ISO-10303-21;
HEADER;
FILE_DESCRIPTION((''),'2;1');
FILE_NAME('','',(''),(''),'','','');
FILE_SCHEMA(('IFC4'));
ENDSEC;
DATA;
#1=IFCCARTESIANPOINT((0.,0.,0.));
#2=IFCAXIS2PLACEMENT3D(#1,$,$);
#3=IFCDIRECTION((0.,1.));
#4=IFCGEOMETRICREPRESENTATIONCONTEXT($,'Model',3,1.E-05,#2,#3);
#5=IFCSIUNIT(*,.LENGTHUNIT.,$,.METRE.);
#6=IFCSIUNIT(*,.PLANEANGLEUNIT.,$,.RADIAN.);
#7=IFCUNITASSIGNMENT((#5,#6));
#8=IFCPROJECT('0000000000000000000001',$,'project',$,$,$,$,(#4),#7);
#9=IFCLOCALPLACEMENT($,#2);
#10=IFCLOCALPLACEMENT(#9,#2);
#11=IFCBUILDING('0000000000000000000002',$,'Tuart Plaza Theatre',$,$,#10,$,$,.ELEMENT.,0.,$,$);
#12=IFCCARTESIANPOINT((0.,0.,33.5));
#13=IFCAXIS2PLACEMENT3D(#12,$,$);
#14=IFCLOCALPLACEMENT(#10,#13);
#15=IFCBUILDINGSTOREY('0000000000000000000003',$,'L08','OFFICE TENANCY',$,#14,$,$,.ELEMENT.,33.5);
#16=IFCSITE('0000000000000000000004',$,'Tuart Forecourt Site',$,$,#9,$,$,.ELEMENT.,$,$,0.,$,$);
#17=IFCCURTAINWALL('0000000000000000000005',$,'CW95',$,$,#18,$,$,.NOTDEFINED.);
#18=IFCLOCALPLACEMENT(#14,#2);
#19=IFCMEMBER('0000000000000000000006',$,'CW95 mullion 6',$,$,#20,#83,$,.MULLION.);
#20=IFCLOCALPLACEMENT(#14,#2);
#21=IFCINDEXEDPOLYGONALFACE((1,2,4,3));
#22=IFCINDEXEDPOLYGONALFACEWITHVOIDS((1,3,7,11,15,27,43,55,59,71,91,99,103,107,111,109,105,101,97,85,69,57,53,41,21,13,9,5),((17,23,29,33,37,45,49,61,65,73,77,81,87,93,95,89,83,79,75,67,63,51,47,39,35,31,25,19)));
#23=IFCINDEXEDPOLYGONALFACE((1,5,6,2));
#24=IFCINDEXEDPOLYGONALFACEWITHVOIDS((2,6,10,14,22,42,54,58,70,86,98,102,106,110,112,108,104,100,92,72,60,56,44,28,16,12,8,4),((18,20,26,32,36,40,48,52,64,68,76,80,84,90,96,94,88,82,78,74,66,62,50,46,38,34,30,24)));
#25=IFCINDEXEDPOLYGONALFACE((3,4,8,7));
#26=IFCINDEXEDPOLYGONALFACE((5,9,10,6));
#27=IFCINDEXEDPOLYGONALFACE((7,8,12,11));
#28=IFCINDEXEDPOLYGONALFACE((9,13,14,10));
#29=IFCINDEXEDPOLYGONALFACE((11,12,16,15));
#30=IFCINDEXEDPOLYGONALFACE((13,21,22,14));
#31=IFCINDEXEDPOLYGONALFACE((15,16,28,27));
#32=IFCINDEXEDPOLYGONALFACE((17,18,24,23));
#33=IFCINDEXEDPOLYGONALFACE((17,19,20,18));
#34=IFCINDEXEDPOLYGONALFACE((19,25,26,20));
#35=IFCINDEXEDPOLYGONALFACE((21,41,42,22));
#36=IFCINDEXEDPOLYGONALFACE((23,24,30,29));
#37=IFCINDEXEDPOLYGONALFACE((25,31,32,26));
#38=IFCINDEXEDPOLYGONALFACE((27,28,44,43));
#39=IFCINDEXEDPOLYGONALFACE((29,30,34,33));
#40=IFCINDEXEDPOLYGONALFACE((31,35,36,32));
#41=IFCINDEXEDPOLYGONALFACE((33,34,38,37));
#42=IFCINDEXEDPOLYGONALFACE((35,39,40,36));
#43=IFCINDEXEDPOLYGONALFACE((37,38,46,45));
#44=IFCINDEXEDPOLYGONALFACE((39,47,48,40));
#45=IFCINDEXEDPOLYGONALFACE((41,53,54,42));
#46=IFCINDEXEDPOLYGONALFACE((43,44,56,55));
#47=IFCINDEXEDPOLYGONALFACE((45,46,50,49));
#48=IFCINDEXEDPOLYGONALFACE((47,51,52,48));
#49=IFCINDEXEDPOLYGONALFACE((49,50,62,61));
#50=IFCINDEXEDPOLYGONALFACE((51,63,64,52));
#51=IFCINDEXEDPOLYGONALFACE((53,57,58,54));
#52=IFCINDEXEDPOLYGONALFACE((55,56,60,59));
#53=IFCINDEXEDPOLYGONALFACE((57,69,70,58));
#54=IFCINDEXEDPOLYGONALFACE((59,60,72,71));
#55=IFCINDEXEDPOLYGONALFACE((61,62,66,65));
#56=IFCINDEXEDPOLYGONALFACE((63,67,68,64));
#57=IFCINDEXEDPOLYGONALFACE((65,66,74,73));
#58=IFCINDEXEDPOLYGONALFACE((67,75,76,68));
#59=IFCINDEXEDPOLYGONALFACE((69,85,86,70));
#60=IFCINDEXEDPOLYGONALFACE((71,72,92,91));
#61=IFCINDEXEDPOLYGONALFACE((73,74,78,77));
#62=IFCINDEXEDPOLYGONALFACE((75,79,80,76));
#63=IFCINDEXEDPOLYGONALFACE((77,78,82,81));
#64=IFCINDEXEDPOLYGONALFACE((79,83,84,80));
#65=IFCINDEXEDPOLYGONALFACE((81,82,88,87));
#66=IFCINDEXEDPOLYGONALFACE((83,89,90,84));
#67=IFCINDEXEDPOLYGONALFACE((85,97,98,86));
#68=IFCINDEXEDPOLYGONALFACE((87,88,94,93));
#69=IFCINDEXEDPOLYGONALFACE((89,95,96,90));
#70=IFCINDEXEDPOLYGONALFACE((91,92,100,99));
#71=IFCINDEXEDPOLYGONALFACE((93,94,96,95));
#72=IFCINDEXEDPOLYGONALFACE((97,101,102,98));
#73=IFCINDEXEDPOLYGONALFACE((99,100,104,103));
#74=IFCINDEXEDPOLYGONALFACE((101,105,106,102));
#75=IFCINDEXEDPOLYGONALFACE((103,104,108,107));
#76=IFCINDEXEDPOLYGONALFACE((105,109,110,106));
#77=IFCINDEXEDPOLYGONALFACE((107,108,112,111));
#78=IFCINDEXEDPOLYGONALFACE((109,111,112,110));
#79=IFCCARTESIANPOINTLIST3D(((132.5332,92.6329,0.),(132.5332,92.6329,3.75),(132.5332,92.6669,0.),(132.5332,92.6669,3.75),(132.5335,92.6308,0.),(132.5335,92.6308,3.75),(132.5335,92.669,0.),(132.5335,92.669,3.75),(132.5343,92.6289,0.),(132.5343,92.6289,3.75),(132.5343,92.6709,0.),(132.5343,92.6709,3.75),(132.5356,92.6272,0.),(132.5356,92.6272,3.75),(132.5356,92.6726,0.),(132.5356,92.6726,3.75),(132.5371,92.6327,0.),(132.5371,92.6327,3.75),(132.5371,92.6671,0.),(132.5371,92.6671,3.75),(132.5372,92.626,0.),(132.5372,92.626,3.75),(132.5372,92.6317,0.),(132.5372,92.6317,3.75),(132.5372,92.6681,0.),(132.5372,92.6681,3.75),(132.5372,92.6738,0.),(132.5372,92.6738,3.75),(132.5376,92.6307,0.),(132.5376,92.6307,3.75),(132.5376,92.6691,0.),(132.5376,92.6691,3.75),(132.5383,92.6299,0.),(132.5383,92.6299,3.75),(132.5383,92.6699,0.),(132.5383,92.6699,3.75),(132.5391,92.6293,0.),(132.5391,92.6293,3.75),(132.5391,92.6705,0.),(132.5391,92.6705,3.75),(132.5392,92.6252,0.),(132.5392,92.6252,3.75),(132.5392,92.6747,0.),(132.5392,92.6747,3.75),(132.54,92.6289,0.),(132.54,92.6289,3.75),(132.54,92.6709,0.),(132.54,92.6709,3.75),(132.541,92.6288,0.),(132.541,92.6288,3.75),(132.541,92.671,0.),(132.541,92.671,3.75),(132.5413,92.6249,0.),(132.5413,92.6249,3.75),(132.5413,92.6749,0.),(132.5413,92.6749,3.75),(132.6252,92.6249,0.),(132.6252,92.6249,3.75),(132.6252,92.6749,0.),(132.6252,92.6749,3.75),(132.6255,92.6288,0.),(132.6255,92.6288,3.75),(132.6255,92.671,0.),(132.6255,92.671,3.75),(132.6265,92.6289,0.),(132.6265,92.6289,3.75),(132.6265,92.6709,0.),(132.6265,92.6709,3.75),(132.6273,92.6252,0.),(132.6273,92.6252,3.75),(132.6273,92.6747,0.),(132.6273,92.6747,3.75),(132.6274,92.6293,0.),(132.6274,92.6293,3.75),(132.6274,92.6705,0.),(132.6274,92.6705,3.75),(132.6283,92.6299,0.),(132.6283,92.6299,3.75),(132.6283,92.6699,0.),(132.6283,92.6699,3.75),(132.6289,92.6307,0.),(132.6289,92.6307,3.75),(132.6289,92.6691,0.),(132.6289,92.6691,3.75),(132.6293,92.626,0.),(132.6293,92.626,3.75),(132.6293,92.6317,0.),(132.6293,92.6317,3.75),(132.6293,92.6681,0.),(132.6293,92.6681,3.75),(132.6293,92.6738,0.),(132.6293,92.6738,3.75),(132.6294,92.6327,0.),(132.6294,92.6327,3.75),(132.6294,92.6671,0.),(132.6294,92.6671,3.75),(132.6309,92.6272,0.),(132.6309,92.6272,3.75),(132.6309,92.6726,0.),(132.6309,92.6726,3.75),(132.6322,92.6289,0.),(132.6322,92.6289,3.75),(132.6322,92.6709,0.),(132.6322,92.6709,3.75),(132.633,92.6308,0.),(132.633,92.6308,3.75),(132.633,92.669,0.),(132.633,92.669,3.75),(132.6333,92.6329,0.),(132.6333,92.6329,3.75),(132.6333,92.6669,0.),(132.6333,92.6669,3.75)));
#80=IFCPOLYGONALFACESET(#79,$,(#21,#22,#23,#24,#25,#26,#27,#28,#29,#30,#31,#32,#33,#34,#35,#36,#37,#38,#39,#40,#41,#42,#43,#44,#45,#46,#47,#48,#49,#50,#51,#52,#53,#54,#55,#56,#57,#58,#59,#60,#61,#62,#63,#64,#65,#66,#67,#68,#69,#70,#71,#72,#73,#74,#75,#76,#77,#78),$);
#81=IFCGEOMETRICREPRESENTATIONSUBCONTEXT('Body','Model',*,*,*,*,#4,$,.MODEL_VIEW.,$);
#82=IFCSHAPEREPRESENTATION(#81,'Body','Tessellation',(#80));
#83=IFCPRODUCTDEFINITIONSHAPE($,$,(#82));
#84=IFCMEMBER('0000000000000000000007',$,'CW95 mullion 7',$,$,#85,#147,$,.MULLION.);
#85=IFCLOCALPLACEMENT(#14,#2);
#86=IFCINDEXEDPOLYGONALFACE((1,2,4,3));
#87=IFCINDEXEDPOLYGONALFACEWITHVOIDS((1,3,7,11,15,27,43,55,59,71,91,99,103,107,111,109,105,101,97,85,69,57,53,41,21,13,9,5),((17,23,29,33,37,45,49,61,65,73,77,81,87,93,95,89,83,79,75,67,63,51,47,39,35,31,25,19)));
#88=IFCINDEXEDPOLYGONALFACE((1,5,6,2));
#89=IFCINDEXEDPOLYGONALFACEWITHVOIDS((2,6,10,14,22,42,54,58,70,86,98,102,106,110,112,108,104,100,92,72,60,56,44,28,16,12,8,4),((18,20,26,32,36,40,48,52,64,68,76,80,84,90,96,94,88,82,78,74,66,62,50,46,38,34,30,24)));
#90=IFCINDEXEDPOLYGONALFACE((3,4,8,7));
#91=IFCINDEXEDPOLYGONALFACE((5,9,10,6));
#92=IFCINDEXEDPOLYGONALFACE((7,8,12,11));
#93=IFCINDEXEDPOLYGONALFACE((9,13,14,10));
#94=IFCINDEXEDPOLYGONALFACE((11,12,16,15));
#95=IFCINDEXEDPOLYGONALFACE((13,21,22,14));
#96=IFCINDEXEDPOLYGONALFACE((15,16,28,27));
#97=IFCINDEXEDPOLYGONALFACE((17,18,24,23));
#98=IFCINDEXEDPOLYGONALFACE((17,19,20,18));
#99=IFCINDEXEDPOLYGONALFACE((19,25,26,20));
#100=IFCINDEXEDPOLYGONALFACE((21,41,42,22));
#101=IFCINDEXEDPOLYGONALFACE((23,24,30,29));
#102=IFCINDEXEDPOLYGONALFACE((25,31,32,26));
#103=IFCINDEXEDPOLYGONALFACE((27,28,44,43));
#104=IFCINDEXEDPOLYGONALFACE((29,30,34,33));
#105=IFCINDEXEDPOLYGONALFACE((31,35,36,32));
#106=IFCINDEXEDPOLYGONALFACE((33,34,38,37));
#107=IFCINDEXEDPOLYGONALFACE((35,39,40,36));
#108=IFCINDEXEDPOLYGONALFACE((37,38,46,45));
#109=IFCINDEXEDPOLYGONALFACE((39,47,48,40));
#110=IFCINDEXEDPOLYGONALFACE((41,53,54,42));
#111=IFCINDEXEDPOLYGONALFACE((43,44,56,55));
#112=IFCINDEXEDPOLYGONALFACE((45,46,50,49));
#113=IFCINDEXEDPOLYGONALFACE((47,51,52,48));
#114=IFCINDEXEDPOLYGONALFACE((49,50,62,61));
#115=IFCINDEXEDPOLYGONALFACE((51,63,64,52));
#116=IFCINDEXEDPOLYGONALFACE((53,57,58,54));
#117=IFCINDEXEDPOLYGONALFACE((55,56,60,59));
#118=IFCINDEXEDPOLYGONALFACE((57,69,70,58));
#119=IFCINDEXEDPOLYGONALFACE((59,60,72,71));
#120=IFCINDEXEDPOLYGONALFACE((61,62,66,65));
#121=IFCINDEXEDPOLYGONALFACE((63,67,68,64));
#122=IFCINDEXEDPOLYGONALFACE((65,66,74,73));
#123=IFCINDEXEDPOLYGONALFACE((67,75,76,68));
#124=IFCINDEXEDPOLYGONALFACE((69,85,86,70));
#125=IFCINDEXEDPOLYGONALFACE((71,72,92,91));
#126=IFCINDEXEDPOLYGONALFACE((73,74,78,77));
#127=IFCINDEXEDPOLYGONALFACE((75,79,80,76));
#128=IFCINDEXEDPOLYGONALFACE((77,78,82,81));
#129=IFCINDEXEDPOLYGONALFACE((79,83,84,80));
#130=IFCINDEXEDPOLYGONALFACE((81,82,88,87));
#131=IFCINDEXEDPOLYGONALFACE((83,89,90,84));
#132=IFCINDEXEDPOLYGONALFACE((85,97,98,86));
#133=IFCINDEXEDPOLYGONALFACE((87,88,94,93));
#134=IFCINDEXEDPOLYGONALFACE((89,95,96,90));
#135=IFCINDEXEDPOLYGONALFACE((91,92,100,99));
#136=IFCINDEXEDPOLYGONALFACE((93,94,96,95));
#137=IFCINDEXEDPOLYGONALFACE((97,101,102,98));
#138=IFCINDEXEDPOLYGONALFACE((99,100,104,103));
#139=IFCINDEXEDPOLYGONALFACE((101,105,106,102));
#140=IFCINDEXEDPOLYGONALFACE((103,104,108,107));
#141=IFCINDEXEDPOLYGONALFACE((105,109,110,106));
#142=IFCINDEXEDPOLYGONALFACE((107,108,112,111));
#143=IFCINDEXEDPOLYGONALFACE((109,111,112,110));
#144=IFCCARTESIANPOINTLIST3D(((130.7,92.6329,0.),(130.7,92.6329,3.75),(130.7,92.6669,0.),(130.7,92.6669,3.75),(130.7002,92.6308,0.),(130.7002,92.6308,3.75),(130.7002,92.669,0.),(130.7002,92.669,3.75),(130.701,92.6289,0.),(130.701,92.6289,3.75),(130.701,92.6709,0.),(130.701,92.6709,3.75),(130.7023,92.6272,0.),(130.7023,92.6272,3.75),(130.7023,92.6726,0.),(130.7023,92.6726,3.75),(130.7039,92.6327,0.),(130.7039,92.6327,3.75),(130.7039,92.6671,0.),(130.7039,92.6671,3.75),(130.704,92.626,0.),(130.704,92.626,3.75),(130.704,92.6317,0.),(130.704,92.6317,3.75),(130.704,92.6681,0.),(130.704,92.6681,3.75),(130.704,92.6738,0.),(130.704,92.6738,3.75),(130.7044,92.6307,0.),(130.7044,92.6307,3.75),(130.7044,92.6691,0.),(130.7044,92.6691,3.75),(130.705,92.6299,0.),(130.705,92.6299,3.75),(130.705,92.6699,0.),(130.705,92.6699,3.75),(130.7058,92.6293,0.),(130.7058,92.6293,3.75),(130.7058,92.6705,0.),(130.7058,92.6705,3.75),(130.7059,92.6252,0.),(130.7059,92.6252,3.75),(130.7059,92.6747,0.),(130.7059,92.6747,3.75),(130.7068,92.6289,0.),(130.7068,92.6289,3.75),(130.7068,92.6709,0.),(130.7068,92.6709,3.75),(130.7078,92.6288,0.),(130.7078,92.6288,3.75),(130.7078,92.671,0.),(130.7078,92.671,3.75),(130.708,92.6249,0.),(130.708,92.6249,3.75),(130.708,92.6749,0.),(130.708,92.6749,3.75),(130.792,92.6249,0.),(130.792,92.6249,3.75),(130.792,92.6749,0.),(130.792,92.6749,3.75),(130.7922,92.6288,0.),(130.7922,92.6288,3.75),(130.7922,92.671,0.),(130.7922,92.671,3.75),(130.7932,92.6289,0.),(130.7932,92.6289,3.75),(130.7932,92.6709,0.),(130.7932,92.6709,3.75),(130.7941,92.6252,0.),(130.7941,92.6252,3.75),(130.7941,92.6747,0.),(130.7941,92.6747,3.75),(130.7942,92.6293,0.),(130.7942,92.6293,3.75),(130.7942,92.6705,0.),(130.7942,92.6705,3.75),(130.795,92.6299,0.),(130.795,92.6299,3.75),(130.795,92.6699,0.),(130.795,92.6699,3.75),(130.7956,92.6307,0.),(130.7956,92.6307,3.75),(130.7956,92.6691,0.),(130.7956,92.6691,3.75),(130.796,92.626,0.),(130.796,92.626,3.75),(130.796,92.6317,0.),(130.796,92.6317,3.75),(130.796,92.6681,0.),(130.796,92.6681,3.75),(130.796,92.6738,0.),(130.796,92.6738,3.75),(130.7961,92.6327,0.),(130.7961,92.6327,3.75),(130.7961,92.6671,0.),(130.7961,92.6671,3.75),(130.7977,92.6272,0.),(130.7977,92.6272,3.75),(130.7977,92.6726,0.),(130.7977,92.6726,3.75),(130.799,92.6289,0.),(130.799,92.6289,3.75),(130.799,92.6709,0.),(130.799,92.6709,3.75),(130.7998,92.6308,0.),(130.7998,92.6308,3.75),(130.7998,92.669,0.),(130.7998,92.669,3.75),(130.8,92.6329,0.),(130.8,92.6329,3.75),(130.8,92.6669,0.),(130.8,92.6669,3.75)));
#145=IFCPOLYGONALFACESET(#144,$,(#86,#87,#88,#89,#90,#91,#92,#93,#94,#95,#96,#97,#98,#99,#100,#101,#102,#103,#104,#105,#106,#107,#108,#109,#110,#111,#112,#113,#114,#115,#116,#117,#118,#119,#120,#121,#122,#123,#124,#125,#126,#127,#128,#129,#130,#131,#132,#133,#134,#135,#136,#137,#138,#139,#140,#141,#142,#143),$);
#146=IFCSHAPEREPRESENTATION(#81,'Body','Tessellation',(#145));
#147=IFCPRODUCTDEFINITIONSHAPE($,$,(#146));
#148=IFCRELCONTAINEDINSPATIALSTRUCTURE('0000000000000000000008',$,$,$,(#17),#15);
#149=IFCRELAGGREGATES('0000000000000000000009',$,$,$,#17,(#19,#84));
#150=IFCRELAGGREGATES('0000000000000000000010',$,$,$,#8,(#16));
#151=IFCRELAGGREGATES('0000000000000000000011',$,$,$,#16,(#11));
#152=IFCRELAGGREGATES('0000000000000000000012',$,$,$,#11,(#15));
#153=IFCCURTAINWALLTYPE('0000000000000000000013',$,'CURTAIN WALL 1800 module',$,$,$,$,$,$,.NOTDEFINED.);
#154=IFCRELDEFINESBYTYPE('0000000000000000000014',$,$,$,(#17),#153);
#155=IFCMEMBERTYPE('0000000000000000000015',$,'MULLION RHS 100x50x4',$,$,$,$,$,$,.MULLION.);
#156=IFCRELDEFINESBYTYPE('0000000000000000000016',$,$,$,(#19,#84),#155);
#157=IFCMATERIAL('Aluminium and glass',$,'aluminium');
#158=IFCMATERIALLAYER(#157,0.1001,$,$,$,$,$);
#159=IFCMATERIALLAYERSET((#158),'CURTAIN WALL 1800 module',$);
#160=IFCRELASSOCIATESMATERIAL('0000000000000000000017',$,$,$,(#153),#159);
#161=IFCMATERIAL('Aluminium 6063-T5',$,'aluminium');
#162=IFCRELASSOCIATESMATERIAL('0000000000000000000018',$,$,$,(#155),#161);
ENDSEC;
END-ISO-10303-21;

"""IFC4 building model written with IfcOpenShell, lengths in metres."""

from ifc_helpers import new_model, si_unit, direction, frame, origin, origin_2d, place, context, subcontext, project, spatial, hollow_rectangle, extrude, material, layer, layer_set, material_profile, profile_set, type_object, element, aggregate, save


model = new_model("IFC4")

# Units and contexts
model_context = context("Model", 3, precision=1e-05, world=origin(), true_north=direction((0.0, 1.0)))
body_context = subcontext(model_context, "Body", "Model", "MODEL_VIEW")
ifc_project = project(units=[si_unit("LENGTHUNIT", "METRE"), si_unit("PLANEANGLEUNIT", "RADIAN")], contexts=[model_context])

# Site, building, storey
site_placement = place(None, origin())
site = spatial("IfcSite", under=ifc_project, at=site_placement, Name="Tuart Forecourt Site", CompositionType="ELEMENT", RefElevation=0.0)
building_placement = place(site_placement, origin())
building = spatial("IfcBuilding", under=site, at=building_placement, Name="Tuart Plaza Theatre", CompositionType="ELEMENT", ElevationOfRefHeight=0.0)
storey_placement = place(building_placement, frame((0.0, 0.0, 33.5)))
storey = spatial("IfcBuildingStorey", under=building, at=storey_placement, Name="L08", Description="OFFICE TENANCY", CompositionType="ELEMENT", Elevation=33.5)

# Curtain wall, members
ifc_material_1 = material(Name="Aluminium and glass", Category="aluminium")
ifc_layer_1 = layer(ifc_material_1, 0.1001)
ifc_layer_set_1 = layer_set([ifc_layer_1], Name="CURTAIN WALL 1800 module")
curtain_wall_type = type_object("IfcCurtainWallType", Name="CURTAIN WALL 1800 module", PredefinedType="NOTDEFINED", material=ifc_layer_set_1)
curtain_wall_placement = place(storey_placement, origin())
curtain_wall = element("IfcCurtainWall", 1, at=curtain_wall_placement, inside=storey, type_object=curtain_wall_type, Name="CW95", PredefinedType="NOTDEFINED")
ifc_material_2 = material(Name="Aluminium 6063-T5", Category="aluminium")
ifc_material_profile_1 = material_profile(ifc_material_2, hollow_rectangle(XDim=0.05, YDim=0.1001, WallThickness=0.0039, InnerFilletRadius=0.0039, OuterFilletRadius=0.0081, at=origin_2d()), Name="RHS 100x50x4")
ifc_profile_set_1 = profile_set([ifc_material_profile_1], Name="Aluminium 6063-T5")
member_type_1 = type_object("IfcMemberType", Name="MULLION RHS 100x50x4", PredefinedType="MULLION", material=ifc_profile_set_1)
member_1_placement = place(storey_placement, frame((132.5833, 92.6499, 0.0), z_axis=(0.0, 0.0, 1.0), x_axis=(0.0, -1.0, 0.0)))
member_1 = element("IfcMember", 2, at=member_1_placement, type_object=member_type_1, Name="CW95 mullion 6", PredefinedType="MULLION", context=body_context, shape_type="SweptSolid", body=[
    extrude(hollow_rectangle(XDim=0.05, YDim=0.1001, WallThickness=0.0039, InnerFilletRadius=0.0039, OuterFilletRadius=0.0081, at=origin_2d()), origin(), (0.0, 0.0, 1.0), 3.75),
])
member_2_placement = place(storey_placement, frame((130.75, 92.6499, 0.0), z_axis=(0.0, 0.0, 1.0), x_axis=(0.0, -1.0, 0.0)))
member_2 = element("IfcMember", 3, at=member_2_placement, type_object=member_type_1, Name="CW95 mullion 7", PredefinedType="MULLION", context=body_context, shape_type="SweptSolid", body=[
    extrude(hollow_rectangle(XDim=0.05, YDim=0.1001, WallThickness=0.0039, InnerFilletRadius=0.0039, OuterFilletRadius=0.0081, at=origin_2d()), origin(), (0.0, 0.0, 1.0), 3.75),
])
aggregate(curtain_wall, [member_1, member_2])

save(model, "model.ifc")
